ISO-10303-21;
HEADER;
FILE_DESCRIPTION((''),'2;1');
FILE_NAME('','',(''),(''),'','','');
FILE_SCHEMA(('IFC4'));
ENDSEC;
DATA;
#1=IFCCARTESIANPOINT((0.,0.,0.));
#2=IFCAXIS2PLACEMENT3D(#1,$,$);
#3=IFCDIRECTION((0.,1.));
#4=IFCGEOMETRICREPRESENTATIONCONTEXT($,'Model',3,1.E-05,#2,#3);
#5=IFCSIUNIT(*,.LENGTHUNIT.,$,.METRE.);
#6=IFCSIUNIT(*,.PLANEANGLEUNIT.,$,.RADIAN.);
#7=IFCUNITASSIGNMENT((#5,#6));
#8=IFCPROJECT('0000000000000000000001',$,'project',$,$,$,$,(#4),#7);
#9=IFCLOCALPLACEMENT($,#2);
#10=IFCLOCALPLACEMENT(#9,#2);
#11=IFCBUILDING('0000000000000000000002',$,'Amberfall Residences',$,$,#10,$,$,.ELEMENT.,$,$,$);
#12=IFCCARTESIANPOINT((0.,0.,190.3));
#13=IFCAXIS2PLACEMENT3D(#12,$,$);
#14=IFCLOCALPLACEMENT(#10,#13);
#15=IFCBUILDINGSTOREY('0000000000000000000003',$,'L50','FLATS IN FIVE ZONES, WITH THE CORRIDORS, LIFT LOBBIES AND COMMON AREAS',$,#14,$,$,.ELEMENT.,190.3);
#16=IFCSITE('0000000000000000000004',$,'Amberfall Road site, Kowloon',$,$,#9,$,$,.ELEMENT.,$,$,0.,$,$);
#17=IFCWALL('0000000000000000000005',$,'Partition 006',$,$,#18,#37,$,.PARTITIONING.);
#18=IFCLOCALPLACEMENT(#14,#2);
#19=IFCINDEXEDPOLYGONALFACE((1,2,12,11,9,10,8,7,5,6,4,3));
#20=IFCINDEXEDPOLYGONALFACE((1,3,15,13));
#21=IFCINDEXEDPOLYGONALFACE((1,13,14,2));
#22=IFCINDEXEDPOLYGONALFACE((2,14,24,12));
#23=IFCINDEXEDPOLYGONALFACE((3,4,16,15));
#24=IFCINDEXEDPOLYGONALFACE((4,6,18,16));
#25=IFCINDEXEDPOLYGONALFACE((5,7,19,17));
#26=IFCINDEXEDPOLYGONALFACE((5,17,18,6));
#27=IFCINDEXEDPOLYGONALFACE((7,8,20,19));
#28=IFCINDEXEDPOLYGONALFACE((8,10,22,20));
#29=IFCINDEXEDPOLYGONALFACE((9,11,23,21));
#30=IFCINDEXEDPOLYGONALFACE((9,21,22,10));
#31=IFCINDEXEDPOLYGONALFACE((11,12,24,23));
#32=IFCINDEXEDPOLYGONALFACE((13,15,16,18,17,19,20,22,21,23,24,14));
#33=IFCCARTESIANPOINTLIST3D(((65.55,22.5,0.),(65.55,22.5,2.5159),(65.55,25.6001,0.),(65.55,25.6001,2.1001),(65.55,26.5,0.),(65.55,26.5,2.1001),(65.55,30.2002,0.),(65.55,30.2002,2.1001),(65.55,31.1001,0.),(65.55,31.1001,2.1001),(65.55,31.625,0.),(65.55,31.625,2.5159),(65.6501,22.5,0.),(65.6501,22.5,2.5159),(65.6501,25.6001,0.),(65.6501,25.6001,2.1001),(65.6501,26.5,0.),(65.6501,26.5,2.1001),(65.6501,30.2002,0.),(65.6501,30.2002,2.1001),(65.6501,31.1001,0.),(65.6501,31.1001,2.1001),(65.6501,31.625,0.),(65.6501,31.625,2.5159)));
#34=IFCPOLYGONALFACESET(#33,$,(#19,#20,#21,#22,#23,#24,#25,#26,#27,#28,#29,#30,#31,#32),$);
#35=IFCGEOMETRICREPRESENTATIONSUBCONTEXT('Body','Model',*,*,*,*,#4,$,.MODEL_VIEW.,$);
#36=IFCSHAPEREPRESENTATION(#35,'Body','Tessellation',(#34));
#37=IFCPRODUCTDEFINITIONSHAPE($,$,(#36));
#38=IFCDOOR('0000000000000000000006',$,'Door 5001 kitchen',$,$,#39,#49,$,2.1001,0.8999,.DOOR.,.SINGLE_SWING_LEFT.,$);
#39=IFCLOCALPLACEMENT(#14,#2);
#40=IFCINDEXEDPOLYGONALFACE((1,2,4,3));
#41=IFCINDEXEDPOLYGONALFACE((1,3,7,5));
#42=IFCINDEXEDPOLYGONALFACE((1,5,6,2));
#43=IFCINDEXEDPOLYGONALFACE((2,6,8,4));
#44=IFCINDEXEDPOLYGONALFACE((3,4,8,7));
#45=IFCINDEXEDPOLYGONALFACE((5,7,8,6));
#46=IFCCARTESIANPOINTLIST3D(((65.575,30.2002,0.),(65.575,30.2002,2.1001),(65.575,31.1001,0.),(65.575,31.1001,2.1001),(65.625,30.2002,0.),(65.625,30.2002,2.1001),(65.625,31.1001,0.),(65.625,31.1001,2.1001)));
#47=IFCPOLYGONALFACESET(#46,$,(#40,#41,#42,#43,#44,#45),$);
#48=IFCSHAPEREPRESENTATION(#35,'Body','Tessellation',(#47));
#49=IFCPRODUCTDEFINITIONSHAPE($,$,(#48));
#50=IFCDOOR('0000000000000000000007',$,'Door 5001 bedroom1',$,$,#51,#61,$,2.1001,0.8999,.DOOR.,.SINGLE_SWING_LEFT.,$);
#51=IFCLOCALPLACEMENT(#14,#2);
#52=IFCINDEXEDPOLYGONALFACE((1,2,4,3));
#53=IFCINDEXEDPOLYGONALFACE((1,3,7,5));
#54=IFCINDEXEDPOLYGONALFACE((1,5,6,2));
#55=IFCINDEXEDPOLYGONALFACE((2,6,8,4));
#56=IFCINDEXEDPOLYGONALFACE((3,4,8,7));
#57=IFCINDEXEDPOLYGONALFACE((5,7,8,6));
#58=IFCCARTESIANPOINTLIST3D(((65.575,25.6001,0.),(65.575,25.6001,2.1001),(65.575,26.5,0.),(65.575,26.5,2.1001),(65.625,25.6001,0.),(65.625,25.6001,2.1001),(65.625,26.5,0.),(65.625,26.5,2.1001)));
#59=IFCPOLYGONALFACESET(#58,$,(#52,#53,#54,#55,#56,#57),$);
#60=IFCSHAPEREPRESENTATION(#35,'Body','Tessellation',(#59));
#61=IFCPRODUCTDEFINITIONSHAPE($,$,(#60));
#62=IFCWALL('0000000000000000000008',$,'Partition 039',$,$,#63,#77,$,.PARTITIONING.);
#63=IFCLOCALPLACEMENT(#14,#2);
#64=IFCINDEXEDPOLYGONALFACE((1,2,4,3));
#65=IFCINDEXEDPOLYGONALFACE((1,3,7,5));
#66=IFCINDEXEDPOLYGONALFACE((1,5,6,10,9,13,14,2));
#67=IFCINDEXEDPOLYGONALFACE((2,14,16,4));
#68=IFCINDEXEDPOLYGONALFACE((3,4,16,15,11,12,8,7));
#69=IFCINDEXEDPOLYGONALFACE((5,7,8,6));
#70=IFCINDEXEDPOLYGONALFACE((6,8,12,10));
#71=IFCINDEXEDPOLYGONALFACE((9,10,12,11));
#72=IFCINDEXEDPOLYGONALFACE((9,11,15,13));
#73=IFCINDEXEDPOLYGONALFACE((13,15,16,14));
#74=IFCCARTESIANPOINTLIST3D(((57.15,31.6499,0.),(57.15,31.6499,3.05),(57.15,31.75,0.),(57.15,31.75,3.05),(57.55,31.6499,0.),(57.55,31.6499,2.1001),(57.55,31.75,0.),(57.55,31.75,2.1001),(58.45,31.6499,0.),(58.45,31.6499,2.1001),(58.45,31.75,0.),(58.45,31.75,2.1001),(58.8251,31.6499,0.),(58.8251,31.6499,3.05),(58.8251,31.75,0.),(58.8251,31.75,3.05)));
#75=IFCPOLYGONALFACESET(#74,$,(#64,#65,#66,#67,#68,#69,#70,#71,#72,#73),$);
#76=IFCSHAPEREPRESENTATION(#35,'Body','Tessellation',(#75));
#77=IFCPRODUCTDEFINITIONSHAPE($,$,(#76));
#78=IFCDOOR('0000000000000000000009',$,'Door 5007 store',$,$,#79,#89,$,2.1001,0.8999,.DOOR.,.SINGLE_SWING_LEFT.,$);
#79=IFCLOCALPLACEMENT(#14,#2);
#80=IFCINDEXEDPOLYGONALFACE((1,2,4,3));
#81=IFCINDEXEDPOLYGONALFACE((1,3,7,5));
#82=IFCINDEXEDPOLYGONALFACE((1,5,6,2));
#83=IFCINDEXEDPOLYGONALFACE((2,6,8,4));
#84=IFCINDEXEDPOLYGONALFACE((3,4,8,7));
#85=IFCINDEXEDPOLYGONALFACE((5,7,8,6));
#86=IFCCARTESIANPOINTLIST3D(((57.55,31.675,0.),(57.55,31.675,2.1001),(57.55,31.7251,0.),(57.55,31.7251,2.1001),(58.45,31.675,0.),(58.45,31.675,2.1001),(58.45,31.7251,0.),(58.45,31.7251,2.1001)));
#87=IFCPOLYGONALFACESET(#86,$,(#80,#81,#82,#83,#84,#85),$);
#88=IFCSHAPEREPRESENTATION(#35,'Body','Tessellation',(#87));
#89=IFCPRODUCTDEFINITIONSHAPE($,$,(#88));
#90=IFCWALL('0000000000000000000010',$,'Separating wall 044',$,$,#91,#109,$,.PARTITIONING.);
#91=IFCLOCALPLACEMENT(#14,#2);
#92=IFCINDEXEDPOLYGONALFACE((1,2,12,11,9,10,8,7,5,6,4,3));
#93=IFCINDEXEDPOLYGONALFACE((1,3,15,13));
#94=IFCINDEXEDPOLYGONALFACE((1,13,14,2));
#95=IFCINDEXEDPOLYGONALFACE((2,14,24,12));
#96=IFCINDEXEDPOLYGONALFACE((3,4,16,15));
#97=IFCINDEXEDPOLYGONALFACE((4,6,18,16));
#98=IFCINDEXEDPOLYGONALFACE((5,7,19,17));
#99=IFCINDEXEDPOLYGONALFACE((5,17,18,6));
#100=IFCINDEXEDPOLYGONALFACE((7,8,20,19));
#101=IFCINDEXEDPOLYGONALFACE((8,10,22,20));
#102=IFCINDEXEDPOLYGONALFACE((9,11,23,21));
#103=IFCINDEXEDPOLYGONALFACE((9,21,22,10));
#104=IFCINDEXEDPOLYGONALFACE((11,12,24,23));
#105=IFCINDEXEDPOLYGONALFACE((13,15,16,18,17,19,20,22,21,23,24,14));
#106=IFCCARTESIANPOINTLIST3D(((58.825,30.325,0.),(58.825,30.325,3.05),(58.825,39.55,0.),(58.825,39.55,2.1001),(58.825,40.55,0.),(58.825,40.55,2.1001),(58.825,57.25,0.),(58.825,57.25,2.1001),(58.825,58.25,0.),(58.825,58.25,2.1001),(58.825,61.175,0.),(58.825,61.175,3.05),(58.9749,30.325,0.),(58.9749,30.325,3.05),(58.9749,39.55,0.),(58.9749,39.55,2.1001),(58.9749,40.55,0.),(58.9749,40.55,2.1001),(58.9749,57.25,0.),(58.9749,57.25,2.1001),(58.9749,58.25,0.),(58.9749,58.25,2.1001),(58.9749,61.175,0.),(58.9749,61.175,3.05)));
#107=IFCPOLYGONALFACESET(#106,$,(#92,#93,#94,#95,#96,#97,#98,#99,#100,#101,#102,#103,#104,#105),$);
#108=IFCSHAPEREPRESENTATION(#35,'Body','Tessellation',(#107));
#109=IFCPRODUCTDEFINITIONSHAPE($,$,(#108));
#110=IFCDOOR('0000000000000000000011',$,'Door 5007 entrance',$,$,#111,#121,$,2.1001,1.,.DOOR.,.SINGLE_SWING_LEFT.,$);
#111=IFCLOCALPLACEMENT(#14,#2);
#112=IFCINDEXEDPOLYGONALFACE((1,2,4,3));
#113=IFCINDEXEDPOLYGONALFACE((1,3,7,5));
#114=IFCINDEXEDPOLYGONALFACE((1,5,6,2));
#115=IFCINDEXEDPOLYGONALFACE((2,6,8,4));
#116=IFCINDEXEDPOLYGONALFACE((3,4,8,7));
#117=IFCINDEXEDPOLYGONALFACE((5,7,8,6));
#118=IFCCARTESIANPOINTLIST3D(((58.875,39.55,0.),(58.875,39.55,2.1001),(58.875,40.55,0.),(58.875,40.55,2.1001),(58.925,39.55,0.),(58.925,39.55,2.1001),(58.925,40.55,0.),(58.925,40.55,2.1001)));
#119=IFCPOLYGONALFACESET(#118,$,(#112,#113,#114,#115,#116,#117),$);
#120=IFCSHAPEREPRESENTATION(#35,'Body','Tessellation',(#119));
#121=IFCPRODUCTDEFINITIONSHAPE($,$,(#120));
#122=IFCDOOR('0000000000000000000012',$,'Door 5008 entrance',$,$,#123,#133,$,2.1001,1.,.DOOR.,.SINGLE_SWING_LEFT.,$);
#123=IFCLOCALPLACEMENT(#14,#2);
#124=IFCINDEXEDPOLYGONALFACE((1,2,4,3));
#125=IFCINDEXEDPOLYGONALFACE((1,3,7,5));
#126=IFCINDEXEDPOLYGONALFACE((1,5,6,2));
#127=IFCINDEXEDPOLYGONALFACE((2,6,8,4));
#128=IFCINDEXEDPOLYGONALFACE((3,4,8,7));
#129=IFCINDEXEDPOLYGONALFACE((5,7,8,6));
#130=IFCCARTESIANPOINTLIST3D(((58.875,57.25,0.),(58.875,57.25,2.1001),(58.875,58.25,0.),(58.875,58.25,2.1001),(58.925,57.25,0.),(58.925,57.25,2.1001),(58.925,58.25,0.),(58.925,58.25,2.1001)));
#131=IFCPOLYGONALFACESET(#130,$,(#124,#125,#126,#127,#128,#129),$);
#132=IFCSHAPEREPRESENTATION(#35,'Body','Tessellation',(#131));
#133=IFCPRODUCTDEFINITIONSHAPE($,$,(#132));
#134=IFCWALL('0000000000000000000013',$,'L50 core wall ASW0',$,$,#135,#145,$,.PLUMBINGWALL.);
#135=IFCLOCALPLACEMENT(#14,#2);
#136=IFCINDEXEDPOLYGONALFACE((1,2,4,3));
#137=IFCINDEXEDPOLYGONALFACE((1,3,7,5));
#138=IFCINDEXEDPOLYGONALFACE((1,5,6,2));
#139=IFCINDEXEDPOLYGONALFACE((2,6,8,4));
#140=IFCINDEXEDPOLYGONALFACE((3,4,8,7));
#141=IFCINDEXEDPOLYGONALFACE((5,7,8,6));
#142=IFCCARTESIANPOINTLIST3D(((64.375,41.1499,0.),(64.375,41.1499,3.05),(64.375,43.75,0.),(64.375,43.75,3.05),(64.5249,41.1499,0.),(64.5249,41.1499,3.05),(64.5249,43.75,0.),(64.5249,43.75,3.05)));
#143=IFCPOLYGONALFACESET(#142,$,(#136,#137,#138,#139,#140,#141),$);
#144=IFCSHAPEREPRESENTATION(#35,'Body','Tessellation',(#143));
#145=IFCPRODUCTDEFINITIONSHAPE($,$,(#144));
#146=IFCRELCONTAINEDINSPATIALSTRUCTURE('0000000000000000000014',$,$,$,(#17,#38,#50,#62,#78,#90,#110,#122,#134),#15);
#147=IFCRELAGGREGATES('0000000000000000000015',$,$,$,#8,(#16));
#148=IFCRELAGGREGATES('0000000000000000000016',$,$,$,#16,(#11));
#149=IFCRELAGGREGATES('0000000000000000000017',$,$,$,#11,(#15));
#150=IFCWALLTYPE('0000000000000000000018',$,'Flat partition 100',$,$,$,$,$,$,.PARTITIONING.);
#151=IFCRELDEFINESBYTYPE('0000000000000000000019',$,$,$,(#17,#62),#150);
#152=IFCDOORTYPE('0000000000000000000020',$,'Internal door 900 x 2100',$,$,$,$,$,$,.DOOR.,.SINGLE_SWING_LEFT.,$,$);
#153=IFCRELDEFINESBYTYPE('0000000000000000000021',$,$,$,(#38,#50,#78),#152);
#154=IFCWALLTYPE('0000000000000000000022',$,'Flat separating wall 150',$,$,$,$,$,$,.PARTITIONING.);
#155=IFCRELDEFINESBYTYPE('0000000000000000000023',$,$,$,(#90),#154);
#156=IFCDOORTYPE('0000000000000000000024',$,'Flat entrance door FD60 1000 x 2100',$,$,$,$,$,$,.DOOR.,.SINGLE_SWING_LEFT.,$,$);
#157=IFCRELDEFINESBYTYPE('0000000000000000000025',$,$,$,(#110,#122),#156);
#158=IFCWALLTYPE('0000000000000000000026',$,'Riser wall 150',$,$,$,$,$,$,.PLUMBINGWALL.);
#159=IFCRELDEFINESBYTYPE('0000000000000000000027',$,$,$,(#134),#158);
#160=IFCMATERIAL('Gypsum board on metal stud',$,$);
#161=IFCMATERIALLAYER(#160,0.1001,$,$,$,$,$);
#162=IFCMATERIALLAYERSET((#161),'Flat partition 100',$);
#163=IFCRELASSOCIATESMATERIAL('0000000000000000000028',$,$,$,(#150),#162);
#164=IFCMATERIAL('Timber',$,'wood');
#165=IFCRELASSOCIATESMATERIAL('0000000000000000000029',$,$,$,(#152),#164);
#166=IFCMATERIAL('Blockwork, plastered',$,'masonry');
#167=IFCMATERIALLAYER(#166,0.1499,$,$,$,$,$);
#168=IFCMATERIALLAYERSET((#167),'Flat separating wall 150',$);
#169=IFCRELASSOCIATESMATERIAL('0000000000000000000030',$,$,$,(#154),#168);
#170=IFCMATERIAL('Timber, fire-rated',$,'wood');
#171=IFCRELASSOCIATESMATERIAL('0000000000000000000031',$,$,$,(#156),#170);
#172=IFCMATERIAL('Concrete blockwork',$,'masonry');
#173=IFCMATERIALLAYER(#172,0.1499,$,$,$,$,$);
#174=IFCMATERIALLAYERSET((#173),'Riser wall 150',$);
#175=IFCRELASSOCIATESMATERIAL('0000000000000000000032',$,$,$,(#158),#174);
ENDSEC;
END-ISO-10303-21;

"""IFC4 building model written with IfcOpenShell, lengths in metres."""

from ifc_helpers import new_model, si_unit, direction, frame, frame_2d, origin, place, context, subcontext, project, spatial, rectangle, extrude, material, layer, layer_set, type_object, element, fill, save


model = new_model("IFC4")

# Units and contexts
model_context = context("Model", 3, precision=1e-05, world=origin(), true_north=direction((0.0, 1.0)))
body_context = subcontext(model_context, "Body", "Model", "MODEL_VIEW")
ifc_project = project(units=[si_unit("LENGTHUNIT", "METRE"), si_unit("PLANEANGLEUNIT", "RADIAN")], contexts=[model_context])

# Site, building, storey
site_placement = place(None, origin())
site = spatial("IfcSite", under=ifc_project, at=site_placement, Name="Amberfall Road site, Kowloon", CompositionType="ELEMENT", RefElevation=0.0)
building_placement = place(site_placement, origin())
building = spatial("IfcBuilding", under=site, at=building_placement, Name="Amberfall Residences", CompositionType="ELEMENT")
storey_placement = place(building_placement, frame((0.0, 0.0, 190.3)))
storey = spatial("IfcBuildingStorey", under=building, at=storey_placement, Name="L50", Description="FLATS IN FIVE ZONES, WITH THE CORRIDORS, LIFT LOBBIES AND COMMON AREAS", CompositionType="ELEMENT", Elevation=190.3)

# Wall, openings, doors
ifc_material_1 = material(Name="Gypsum board on metal stud")
ifc_layer_1 = layer(ifc_material_1, 0.1001)
ifc_layer_set_1 = layer_set([ifc_layer_1], Name="Flat partition 100")
wall_type_1 = type_object("IfcWallType", Name="Flat partition 100", PredefinedType="PARTITIONING", material=ifc_layer_set_1)
wall_1_placement = place(storey_placement, frame((65.6001, 31.625, 0.0), z_axis=(0.0, 0.0, 1.0), x_axis=(0.0, -1.0, 0.0)))
wall_1 = element("IfcWall", 1, at=wall_1_placement, inside=storey, type_object=wall_type_1, Name="Partition 006", PredefinedType="PARTITIONING", context=body_context, shape_type="SweptSolid", body=[
    extrude(rectangle(XDim=9.125, YDim=0.1001, at=frame_2d((4.5625, 0.0))), origin(), (0.0, 0.0, 1.0), 2.5159),
])
opening_1_placement = place(wall_1_placement, frame((0.5249, 0.0, 0.0)))
opening_1 = element("IfcOpeningElement", 2, at=opening_1_placement, cuts=wall_1, PredefinedType="OPENING", context=body_context, shape_type="SweptSolid", body=[
    extrude(rectangle(XDim=0.8999, YDim=2.1001, at=frame_2d((0.45, 1.05))), frame((0.0, 0.0601, 0.0), z_axis=(0.0, -1.0, 0.0), x_axis=(1.0, 0.0, 0.0)), (0.0, 0.0, 1.0), 0.1201),
])
opening_2_placement = place(wall_1_placement, frame((5.125, 0.0, 0.0)))
opening_2 = element("IfcOpeningElement", 3, at=opening_2_placement, cuts=wall_1, PredefinedType="OPENING", context=body_context, shape_type="SweptSolid", body=[
    extrude(rectangle(XDim=0.8999, YDim=2.1001, at=frame_2d((0.45, 1.05))), frame((0.0, 0.0601, 0.0), z_axis=(0.0, -1.0, 0.0), x_axis=(1.0, 0.0, 0.0)), (0.0, 0.0, 1.0), 0.1201),
])
ifc_material_2 = material(Name="Timber", Category="wood")
door_type_1 = type_object("IfcDoorType", Name="Internal door 900 x 2100", OperationType="SINGLE_SWING_LEFT", PredefinedType="DOOR", material=ifc_material_2)
door_1_placement = place(opening_1_placement, origin())
door_1 = element("IfcDoor", 4, at=door_1_placement, inside=storey, type_object=door_type_1, Name="Door 5001 kitchen", OperationType="SINGLE_SWING_LEFT", OverallHeight=2.1001, OverallWidth=0.8999, PredefinedType="DOOR", context=body_context, shape_type="SweptSolid", body=[
    extrude(rectangle(XDim=0.8999, YDim=2.1001, at=frame_2d((0.45, 1.05))), frame((0.0, 0.0249, 0.0), z_axis=(0.0, -1.0, 0.0), x_axis=(1.0, 0.0, 0.0)), (0.0, 0.0, 1.0), 0.05),
])
fill(opening_1, door_1)
door_2_placement = place(opening_2_placement, origin())
door_2 = element("IfcDoor", 5, at=door_2_placement, inside=storey, type_object=door_type_1, Name="Door 5001 bedroom1", OperationType="SINGLE_SWING_LEFT", OverallHeight=2.1001, OverallWidth=0.8999, PredefinedType="DOOR", context=body_context, shape_type="SweptSolid", body=[
    extrude(rectangle(XDim=0.8999, YDim=2.1001, at=frame_2d((0.45, 1.05))), frame((0.0, 0.0249, 0.0), z_axis=(0.0, -1.0, 0.0), x_axis=(1.0, 0.0, 0.0)), (0.0, 0.0, 1.0), 0.05),
])
fill(opening_2, door_2)

# Wall, opening, door
wall_2_placement = place(storey_placement, frame((58.825, 31.7, 0.0), z_axis=(0.0, 0.0, 1.0), x_axis=(-1.0, 0.0, 0.0)))
wall_2 = element("IfcWall", 6, at=wall_2_placement, inside=storey, type_object=wall_type_1, Name="Partition 039", PredefinedType="PARTITIONING", context=body_context, shape_type="SweptSolid", body=[
    extrude(rectangle(XDim=1.675, YDim=0.1001, at=frame_2d((0.8374, 0.0))), origin(), (0.0, 0.0, 1.0), 3.05),
])
opening_3_placement = place(wall_2_placement, frame((0.375, 0.0, 0.0)))
opening_3 = element("IfcOpeningElement", 7, at=opening_3_placement, cuts=wall_2, PredefinedType="OPENING", context=body_context, shape_type="SweptSolid", body=[
    extrude(rectangle(XDim=0.8999, YDim=2.1001, at=frame_2d((0.45, 1.05))), frame((0.0, 0.0601, 0.0), z_axis=(0.0, -1.0, 0.0), x_axis=(1.0, 0.0, 0.0)), (0.0, 0.0, 1.0), 0.1201),
])
door_3_placement = place(opening_3_placement, origin())
door_3 = element("IfcDoor", 8, at=door_3_placement, inside=storey, type_object=door_type_1, Name="Door 5007 store", OperationType="SINGLE_SWING_LEFT", OverallHeight=2.1001, OverallWidth=0.8999, PredefinedType="DOOR", context=body_context, shape_type="SweptSolid", body=[
    extrude(rectangle(XDim=0.8999, YDim=2.1001, at=frame_2d((0.45, 1.05))), frame((0.0, 0.0249, 0.0), z_axis=(0.0, -1.0, 0.0), x_axis=(1.0, 0.0, 0.0)), (0.0, 0.0, 1.0), 0.05),
])
fill(opening_3, door_3)

# Wall, openings, doors
ifc_material_3 = material(Name="Blockwork, plastered", Category="masonry")
ifc_layer_2 = layer(ifc_material_3, 0.1499)
ifc_layer_set_2 = layer_set([ifc_layer_2], Name="Flat separating wall 150")
wall_type_2 = type_object("IfcWallType", Name="Flat separating wall 150", PredefinedType="PARTITIONING", material=ifc_layer_set_2)
wall_3_placement = place(storey_placement, frame((58.8999, 30.325, 0.0), z_axis=(0.0, 0.0, 1.0), x_axis=(0.0, 1.0, 0.0)))
wall_3 = element("IfcWall", 9, at=wall_3_placement, inside=storey, type_object=wall_type_2, Name="Separating wall 044", PredefinedType="PARTITIONING", context=body_context, shape_type="SweptSolid", body=[
    extrude(rectangle(XDim=30.8501, YDim=0.1499, at=frame_2d((15.425, 0.0))), origin(), (0.0, 0.0, 1.0), 3.05),
])
opening_4_placement = place(wall_3_placement, frame((9.2251, 0.0, 0.0)))
opening_4 = element("IfcOpeningElement", 10, at=opening_4_placement, cuts=wall_3, PredefinedType="OPENING", context=body_context, shape_type="SweptSolid", body=[
    extrude(rectangle(XDim=1.0, YDim=2.1001, at=frame_2d((0.5, 1.05))), frame((0.0, 0.085, 0.0), z_axis=(0.0, -1.0, 0.0), x_axis=(1.0, 0.0, 0.0)), (0.0, 0.0, 1.0), 0.1699),
])
opening_5_placement = place(wall_3_placement, frame((26.925, 0.0, 0.0)))
opening_5 = element("IfcOpeningElement", 11, at=opening_5_placement, cuts=wall_3, PredefinedType="OPENING", context=body_context, shape_type="SweptSolid", body=[
    extrude(rectangle(XDim=1.0, YDim=2.1001, at=frame_2d((0.5, 1.05))), frame((0.0, 0.085, 0.0), z_axis=(0.0, -1.0, 0.0), x_axis=(1.0, 0.0, 0.0)), (0.0, 0.0, 1.0), 0.1699),
])
ifc_material_4 = material(Name="Timber, fire-rated", Category="wood")
door_type_2 = type_object("IfcDoorType", Name="Flat entrance door FD60 1000 x 2100", OperationType="SINGLE_SWING_LEFT", PredefinedType="DOOR", material=ifc_material_4)
door_4_placement = place(opening_4_placement, origin())
door_4 = element("IfcDoor", 12, at=door_4_placement, inside=storey, type_object=door_type_2, Name="Door 5007 entrance", OperationType="SINGLE_SWING_LEFT", OverallHeight=2.1001, OverallWidth=1.0, PredefinedType="DOOR", context=body_context, shape_type="SweptSolid", body=[
    extrude(rectangle(XDim=1.0, YDim=2.1001, at=frame_2d((0.5, 1.05))), frame((0.0, 0.0249, 0.0), z_axis=(0.0, -1.0, 0.0), x_axis=(1.0, 0.0, 0.0)), (0.0, 0.0, 1.0), 0.05),
])
fill(opening_4, door_4)
door_5_placement = place(opening_5_placement, origin())
door_5 = element("IfcDoor", 13, at=door_5_placement, inside=storey, type_object=door_type_2, Name="Door 5008 entrance", OperationType="SINGLE_SWING_LEFT", OverallHeight=2.1001, OverallWidth=1.0, PredefinedType="DOOR", context=body_context, shape_type="SweptSolid", body=[
    extrude(rectangle(XDim=1.0, YDim=2.1001, at=frame_2d((0.5, 1.05))), frame((0.0, 0.0249, 0.0), z_axis=(0.0, -1.0, 0.0), x_axis=(1.0, 0.0, 0.0)), (0.0, 0.0, 1.0), 0.05),
])
fill(opening_5, door_5)

# Wall
ifc_material_5 = material(Name="Concrete blockwork", Category="masonry")
ifc_layer_3 = layer(ifc_material_5, 0.1499)
ifc_layer_set_3 = layer_set([ifc_layer_3], Name="Riser wall 150")
wall_type_3 = type_object("IfcWallType", Name="Riser wall 150", PredefinedType="PLUMBINGWALL", material=ifc_layer_set_3)
wall_4_placement = place(storey_placement, frame((64.45, 41.1499, 0.0), z_axis=(0.0, 0.0, 1.0), x_axis=(0.0, 1.0, 0.0)))
element("IfcWall", 14, at=wall_4_placement, inside=storey, type_object=wall_type_3, Name="L50 core wall ASW0", PredefinedType="PLUMBINGWALL", context=body_context, shape_type="SweptSolid", body=[
    extrude(rectangle(XDim=2.6001, YDim=0.1499, at=frame_2d((1.3, 0.0))), origin(), (0.0, 0.0, 1.0), 3.05),
])

save(model, "model.ifc")
